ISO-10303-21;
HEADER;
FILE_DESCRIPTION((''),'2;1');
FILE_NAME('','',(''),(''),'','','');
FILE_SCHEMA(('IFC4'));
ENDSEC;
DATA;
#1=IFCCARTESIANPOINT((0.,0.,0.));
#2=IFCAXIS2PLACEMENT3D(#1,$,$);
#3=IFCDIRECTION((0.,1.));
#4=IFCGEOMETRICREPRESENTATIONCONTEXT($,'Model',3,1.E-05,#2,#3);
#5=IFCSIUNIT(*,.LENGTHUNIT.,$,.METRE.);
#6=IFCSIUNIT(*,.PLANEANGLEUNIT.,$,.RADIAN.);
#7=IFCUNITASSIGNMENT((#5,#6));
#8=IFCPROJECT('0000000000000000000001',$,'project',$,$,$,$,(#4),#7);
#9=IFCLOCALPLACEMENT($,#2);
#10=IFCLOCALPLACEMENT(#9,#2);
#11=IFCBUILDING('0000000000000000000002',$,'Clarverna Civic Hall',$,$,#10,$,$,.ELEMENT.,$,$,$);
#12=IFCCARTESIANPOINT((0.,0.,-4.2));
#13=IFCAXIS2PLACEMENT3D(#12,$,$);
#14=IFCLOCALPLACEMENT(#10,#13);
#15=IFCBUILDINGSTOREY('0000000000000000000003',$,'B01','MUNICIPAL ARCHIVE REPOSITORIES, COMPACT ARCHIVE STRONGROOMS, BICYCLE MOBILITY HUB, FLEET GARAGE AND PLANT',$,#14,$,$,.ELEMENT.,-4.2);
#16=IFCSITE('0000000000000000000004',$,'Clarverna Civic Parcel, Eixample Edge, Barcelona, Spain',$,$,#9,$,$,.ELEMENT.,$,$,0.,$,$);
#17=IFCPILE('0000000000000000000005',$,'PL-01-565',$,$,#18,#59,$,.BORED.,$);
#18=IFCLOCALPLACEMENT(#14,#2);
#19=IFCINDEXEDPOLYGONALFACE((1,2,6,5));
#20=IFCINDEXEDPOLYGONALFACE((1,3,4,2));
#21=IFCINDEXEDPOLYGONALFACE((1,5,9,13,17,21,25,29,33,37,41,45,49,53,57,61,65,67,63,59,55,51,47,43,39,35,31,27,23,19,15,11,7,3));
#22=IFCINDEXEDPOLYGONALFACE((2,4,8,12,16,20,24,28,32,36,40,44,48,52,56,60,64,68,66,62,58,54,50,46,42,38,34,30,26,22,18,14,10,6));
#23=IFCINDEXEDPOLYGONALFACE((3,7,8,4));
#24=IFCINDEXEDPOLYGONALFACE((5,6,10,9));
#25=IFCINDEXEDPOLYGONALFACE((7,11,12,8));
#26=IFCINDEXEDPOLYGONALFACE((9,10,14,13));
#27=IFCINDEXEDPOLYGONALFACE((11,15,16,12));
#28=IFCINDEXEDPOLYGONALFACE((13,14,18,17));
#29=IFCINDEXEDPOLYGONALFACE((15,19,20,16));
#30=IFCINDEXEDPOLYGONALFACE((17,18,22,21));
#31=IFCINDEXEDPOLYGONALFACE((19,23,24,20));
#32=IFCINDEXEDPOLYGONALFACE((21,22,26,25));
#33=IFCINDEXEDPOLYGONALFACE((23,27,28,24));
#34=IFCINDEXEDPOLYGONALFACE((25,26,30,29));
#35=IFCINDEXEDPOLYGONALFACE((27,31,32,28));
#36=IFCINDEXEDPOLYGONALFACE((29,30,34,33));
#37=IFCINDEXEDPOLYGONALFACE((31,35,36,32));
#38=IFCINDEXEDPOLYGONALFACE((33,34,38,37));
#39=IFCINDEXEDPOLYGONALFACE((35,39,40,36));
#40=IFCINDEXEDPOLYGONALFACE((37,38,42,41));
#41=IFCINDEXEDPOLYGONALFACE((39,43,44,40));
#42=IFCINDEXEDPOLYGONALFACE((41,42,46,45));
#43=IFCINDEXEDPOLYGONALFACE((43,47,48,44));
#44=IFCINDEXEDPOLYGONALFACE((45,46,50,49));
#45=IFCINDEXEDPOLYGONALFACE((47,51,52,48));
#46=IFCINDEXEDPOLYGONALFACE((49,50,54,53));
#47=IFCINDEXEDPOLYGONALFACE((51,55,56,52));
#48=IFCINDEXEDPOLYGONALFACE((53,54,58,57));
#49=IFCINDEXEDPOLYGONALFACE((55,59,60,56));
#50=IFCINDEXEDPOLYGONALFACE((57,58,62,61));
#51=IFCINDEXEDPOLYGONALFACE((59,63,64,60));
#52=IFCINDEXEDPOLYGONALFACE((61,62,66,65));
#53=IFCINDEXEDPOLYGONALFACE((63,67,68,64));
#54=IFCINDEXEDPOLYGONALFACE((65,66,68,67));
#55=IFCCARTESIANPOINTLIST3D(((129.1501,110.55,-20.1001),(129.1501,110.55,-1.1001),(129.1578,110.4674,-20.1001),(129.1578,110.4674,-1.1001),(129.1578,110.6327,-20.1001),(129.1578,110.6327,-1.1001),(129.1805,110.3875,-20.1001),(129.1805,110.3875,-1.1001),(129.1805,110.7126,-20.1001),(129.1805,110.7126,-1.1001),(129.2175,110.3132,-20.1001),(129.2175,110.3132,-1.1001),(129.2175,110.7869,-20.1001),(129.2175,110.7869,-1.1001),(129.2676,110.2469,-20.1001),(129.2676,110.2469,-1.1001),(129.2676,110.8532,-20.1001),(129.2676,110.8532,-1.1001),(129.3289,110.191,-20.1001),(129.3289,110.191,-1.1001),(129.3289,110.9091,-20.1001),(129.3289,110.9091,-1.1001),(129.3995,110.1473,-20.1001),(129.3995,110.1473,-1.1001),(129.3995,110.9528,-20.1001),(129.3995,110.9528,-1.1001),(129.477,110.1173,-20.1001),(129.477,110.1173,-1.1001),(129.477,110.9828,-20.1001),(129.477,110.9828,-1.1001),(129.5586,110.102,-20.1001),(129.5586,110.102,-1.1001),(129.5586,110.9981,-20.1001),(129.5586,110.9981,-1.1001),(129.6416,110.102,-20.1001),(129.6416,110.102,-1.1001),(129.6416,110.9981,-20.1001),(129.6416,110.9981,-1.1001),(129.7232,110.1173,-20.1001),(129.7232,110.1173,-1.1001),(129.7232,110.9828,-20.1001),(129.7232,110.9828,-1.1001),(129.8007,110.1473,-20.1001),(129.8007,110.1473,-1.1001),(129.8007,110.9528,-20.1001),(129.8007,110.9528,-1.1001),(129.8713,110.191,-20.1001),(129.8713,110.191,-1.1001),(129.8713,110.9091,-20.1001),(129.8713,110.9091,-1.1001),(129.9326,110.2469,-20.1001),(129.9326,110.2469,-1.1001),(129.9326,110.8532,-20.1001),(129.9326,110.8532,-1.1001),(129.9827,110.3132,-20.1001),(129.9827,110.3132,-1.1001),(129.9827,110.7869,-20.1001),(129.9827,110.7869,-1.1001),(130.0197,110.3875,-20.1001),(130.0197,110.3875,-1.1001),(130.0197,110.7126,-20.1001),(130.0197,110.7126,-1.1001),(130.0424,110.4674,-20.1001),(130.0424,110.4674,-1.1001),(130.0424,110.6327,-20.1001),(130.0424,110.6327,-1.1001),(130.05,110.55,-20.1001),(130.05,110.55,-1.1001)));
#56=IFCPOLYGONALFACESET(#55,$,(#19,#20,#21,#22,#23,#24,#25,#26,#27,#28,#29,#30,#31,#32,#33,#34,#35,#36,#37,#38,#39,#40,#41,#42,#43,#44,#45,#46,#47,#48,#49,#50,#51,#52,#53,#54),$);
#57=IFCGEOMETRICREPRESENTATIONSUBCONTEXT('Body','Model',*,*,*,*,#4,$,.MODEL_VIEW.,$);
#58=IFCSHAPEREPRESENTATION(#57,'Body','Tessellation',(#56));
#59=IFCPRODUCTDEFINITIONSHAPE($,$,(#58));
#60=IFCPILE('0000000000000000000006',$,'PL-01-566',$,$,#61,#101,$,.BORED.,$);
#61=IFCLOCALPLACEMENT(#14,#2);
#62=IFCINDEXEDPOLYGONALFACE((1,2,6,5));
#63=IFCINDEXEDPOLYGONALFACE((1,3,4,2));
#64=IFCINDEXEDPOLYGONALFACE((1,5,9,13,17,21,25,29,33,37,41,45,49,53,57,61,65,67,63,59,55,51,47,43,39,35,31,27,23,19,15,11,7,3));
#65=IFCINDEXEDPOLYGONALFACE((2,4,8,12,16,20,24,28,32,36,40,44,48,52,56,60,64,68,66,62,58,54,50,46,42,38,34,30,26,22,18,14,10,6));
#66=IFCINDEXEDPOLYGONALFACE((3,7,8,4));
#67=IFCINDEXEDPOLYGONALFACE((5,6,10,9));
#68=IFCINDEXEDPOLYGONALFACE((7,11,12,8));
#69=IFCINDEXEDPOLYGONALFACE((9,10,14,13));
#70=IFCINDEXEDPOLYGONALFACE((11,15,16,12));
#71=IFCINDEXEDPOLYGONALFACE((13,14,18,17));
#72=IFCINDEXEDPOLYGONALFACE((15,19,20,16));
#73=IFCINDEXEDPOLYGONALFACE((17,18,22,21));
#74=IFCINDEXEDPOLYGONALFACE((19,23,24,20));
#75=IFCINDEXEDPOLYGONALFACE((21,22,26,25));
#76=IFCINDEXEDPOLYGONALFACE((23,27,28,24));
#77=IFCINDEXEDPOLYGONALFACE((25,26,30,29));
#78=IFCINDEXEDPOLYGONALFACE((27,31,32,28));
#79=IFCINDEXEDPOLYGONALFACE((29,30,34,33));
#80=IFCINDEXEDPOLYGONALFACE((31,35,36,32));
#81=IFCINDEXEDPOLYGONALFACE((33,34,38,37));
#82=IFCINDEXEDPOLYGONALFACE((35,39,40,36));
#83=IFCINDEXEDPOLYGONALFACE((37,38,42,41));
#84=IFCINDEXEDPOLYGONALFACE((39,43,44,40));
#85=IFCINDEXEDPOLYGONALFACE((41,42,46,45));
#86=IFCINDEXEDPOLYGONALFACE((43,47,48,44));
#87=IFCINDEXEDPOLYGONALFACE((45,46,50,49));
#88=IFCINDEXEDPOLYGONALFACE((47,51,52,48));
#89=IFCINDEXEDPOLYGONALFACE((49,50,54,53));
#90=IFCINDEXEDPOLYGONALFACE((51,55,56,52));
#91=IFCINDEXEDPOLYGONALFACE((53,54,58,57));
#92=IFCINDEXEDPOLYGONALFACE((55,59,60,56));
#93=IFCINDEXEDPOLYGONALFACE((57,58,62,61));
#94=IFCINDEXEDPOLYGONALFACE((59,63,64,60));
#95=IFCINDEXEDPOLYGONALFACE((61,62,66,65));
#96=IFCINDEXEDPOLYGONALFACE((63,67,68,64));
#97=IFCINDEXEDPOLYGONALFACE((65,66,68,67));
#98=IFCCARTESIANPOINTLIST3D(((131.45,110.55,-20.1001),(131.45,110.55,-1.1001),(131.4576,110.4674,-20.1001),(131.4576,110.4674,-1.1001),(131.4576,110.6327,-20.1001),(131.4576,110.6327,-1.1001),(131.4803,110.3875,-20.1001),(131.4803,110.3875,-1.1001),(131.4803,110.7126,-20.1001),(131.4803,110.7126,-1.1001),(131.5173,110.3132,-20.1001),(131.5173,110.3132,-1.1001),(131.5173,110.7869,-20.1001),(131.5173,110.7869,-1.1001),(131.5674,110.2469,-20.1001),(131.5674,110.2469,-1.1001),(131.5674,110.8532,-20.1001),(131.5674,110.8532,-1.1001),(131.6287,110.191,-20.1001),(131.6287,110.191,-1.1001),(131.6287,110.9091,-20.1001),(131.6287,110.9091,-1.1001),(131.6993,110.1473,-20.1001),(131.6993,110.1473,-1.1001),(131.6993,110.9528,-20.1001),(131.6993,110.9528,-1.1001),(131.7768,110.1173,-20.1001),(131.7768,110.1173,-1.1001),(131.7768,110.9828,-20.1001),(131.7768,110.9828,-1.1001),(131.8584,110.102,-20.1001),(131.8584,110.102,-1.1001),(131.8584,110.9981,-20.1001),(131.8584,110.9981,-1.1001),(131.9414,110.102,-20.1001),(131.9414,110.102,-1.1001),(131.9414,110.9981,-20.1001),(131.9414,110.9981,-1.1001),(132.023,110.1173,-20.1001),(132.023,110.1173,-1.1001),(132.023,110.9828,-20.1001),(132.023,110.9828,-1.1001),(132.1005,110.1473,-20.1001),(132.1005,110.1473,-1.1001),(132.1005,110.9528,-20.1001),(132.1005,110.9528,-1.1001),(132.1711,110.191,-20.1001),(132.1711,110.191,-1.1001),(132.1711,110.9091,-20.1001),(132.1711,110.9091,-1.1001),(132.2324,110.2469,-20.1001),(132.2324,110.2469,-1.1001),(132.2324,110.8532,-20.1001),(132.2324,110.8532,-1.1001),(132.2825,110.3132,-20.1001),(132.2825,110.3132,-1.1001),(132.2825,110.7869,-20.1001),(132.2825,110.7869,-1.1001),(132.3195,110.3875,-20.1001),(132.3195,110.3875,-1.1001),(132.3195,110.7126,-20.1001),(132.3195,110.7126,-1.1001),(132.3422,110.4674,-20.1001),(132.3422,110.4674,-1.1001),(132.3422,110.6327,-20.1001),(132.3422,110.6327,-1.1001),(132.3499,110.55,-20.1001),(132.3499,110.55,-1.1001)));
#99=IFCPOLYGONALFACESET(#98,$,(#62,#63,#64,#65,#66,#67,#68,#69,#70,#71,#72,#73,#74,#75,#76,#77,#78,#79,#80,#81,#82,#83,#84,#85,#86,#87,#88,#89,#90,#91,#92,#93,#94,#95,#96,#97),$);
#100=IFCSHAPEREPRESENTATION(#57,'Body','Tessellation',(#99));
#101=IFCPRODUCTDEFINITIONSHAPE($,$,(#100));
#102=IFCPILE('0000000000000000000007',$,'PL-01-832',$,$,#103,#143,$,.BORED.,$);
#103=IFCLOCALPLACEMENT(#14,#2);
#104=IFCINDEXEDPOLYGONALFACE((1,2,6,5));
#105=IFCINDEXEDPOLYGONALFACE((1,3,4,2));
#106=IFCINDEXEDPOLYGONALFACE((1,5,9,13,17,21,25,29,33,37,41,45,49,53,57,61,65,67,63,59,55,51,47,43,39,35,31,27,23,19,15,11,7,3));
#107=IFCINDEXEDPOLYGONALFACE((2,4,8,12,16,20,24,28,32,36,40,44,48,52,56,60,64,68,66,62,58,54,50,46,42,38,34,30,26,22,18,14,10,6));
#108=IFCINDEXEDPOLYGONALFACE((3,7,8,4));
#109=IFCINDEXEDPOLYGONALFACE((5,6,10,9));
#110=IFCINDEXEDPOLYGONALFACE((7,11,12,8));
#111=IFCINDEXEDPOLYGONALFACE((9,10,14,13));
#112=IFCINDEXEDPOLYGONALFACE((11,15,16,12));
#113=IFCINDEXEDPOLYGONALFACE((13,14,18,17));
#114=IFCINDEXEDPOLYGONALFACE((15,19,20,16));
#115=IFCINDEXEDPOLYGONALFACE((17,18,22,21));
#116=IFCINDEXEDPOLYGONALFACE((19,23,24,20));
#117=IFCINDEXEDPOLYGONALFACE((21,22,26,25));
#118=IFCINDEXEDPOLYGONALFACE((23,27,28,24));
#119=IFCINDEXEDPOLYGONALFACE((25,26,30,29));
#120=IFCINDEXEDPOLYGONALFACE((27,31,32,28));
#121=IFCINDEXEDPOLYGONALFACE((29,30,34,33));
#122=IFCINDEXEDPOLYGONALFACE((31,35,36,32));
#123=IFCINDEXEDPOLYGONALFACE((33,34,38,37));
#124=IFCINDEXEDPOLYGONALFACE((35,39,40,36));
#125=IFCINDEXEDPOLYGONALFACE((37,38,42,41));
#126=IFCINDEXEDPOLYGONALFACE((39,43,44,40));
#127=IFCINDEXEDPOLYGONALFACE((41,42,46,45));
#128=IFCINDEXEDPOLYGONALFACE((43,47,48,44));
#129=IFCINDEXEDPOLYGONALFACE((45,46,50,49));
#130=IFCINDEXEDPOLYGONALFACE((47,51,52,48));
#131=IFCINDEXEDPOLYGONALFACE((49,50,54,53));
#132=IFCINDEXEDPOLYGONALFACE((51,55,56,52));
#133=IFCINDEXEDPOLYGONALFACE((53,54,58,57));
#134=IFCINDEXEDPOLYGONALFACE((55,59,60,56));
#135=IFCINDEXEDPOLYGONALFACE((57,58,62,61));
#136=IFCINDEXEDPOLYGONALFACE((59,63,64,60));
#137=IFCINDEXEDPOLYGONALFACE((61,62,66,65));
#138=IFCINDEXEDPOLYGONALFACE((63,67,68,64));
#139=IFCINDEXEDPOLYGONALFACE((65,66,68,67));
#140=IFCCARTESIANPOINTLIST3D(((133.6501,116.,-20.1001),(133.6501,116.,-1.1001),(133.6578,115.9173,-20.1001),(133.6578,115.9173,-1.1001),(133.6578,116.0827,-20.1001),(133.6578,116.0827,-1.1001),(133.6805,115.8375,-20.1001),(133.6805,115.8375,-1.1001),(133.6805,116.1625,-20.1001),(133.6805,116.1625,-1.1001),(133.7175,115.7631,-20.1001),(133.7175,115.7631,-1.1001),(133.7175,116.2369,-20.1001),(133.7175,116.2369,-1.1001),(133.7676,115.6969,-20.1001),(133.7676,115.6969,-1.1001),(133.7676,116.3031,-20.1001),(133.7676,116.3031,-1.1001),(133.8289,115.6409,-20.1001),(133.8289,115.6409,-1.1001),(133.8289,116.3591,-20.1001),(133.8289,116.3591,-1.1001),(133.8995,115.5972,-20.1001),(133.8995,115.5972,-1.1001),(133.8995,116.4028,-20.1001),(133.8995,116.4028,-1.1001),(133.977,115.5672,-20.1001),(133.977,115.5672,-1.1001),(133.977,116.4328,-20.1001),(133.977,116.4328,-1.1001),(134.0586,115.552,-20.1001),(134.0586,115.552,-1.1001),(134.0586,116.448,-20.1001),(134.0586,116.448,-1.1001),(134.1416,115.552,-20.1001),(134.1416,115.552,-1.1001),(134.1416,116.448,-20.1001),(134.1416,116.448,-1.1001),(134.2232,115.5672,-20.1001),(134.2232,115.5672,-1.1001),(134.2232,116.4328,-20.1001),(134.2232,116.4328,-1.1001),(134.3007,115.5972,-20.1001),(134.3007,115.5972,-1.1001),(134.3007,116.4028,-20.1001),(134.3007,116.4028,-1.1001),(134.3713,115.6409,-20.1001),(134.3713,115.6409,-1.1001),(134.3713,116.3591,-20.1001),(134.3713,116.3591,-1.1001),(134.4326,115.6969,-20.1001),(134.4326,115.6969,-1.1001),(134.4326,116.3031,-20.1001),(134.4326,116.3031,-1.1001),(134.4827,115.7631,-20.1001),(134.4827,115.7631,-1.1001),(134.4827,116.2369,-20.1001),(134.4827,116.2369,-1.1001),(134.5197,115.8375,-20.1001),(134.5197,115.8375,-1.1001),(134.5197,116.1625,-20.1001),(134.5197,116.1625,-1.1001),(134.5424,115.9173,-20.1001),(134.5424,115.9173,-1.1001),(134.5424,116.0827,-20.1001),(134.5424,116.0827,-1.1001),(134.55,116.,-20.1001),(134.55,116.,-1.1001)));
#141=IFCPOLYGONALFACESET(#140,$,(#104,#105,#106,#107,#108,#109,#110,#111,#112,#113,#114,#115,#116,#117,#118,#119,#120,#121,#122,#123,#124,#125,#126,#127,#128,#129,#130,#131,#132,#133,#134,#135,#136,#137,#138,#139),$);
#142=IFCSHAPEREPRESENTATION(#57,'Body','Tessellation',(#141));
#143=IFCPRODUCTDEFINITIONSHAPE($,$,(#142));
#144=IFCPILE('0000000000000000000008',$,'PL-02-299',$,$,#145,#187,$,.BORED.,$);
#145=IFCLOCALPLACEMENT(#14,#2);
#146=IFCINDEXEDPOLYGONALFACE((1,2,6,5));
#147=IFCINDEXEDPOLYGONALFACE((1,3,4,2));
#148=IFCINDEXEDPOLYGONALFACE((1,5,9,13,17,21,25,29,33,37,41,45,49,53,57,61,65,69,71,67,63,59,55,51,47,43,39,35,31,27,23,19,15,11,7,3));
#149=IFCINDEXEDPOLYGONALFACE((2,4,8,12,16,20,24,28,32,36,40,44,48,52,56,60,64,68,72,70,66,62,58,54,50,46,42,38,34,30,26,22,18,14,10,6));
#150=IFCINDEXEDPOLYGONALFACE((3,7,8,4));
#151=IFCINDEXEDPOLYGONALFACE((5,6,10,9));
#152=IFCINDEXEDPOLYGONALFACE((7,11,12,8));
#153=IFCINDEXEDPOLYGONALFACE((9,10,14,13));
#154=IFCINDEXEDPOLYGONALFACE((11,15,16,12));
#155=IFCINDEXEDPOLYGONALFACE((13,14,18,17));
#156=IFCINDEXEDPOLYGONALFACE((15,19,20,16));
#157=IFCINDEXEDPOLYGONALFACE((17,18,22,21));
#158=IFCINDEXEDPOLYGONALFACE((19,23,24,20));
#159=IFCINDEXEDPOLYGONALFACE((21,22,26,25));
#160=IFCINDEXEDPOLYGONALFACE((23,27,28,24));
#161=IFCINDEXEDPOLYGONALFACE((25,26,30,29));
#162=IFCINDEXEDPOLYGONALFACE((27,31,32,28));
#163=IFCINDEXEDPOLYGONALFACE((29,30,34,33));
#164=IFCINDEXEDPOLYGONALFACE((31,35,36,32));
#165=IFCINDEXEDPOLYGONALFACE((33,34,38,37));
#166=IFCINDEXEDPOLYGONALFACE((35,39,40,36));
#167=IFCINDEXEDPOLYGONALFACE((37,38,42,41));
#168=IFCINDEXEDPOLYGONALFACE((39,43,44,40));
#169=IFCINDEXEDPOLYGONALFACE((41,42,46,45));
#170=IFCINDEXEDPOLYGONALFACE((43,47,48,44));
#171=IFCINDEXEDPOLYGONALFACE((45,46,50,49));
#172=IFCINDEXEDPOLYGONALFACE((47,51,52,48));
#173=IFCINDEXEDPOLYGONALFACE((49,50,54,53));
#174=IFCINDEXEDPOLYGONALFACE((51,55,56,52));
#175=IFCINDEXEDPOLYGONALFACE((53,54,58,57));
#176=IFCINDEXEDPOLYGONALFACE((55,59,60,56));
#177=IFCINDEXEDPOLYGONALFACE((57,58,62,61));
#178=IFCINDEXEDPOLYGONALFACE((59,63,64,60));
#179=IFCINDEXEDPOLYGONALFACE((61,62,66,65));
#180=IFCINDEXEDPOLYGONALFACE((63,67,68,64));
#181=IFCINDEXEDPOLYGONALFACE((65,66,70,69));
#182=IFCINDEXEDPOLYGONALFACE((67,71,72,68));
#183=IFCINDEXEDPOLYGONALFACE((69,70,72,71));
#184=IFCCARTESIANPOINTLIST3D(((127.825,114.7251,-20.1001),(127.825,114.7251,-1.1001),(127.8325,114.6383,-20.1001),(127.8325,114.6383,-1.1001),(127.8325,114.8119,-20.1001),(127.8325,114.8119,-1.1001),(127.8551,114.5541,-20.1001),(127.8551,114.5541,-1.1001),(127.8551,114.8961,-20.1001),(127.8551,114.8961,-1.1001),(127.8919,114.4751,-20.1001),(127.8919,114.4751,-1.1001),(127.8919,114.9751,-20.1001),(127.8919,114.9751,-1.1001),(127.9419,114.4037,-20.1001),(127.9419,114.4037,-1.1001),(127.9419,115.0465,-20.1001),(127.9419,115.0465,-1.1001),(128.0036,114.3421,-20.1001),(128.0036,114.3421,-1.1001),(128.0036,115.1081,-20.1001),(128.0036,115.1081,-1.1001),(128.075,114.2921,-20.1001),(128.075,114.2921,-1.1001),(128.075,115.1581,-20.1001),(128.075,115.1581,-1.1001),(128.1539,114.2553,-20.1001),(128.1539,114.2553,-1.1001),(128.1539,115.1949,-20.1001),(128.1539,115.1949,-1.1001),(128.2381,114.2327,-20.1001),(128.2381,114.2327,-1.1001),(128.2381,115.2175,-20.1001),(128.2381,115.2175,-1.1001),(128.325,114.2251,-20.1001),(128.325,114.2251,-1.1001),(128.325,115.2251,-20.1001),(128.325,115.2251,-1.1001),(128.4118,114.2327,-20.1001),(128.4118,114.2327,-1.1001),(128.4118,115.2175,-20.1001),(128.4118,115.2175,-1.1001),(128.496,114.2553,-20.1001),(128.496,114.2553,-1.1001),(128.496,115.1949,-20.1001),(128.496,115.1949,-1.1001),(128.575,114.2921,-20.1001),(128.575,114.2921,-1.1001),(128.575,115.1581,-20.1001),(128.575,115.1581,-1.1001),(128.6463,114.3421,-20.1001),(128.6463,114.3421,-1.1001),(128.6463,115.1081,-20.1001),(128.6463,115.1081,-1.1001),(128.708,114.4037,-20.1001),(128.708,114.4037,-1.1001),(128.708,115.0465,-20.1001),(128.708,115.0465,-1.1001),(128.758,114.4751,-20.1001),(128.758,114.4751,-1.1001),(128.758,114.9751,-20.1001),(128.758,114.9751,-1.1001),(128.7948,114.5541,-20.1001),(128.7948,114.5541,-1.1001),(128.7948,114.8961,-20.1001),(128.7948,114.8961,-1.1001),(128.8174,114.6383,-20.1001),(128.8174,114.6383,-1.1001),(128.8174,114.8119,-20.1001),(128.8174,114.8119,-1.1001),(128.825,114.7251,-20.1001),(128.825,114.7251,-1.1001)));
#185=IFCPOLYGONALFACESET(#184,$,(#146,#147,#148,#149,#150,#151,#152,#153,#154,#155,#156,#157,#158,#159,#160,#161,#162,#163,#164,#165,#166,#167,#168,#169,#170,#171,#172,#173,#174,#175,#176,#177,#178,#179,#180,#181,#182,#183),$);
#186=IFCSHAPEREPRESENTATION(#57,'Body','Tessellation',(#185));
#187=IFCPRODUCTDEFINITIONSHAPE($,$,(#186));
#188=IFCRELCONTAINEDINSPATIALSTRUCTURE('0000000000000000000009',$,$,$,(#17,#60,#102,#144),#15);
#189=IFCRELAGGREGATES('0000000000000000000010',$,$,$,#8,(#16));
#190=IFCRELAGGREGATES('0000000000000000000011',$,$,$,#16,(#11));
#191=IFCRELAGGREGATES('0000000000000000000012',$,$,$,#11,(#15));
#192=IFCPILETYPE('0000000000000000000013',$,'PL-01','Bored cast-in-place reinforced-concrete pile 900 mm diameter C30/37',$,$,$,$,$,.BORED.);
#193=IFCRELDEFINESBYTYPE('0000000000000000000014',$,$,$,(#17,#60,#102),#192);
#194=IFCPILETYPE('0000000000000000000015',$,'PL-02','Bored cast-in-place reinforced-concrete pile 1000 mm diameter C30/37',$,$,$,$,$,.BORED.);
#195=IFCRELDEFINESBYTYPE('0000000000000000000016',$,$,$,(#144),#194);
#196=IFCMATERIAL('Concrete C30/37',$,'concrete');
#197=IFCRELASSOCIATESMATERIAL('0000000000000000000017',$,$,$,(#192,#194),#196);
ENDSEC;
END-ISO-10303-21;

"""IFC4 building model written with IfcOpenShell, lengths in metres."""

from ifc_helpers import new_model, si_unit, direction, frame, origin, origin_2d, place, context, subcontext, project, spatial, circle, extrude, material, material_profile, profile_set, type_object, element, save


model = new_model("IFC4")

# Units and contexts
model_context = context("Model", 3, precision=1e-05, world=origin(), true_north=direction((0.0, 1.0)))
body_context = subcontext(model_context, "Body", "Model", "MODEL_VIEW")
ifc_project = project(units=[si_unit("LENGTHUNIT", "METRE"), si_unit("PLANEANGLEUNIT", "RADIAN")], contexts=[model_context])

# Site, building, storey
site_placement = place(None, origin())
site = spatial("IfcSite", under=ifc_project, at=site_placement, Name="Clarverna Civic Parcel, Eixample Edge, Barcelona, Spain", CompositionType="ELEMENT", RefElevation=0.0)
building_placement = place(site_placement, origin())
building = spatial("IfcBuilding", under=site, at=building_placement, Name="Clarverna Civic Hall", CompositionType="ELEMENT")
storey_placement = place(building_placement, frame((0.0, 0.0, -4.2)))
storey = spatial("IfcBuildingStorey", under=building, at=storey_placement, Name="B01", Description="MUNICIPAL ARCHIVE REPOSITORIES, COMPACT ARCHIVE STRONGROOMS, BICYCLE MOBILITY HUB, FLEET GARAGE AND PLANT", CompositionType="ELEMENT", Elevation=-4.2)

# Shared definitions
ifc_material_1 = material(Name="Concrete C30/37", Category="concrete")

# Piles
ifc_material_profile_1 = material_profile(ifc_material_1, circle(Radius=0.45, at=origin_2d()), Name="BORED PILE D900")
ifc_profile_set_1 = profile_set([ifc_material_profile_1], Name="Concrete C30/37")
pile_type_1 = type_object("IfcPileType", Name="PL-01", Description="Bored cast-in-place reinforced-concrete pile 900 mm diameter C30/37", PredefinedType="BORED", material=ifc_profile_set_1)
for number, where, z_axis, x_axis, name in (
    (1, (129.6001, 110.55, -1.1001), (0.0, 0.0, -1.0), (1.0, 0.0, 0.0), "PL-01-565"),
    (2, (131.8999, 110.55, -1.1001), (0.0, 0.0, -1.0), (1.0, 0.0, 0.0), "PL-01-566"),
    (3, (134.1001, 116.0, -1.1001), (0.0, 0.0, -1.0), (1.0, 0.0, 0.0), "PL-01-832"),
):
    element("IfcPile", number, at=place(storey_placement, frame(where, z_axis=z_axis, x_axis=x_axis)), inside=storey, type_object=pile_type_1, Name=name, PredefinedType="BORED", context=body_context, shape_type="SweptSolid", body=[
        extrude(circle(Radius=0.45, at=origin_2d()), origin(), (0.0, 0.0, 1.0), 19.0),
    ])
ifc_material_profile_2 = material_profile(ifc_material_1, circle(Radius=0.5, at=origin_2d()), Name="BORED PILE D1000")
ifc_profile_set_2 = profile_set([ifc_material_profile_2], Name="Concrete C30/37")
pile_type_2 = type_object("IfcPileType", Name="PL-02", Description="Bored cast-in-place reinforced-concrete pile 1000 mm diameter C30/37", PredefinedType="BORED", material=ifc_profile_set_2)
for number, where, z_axis, x_axis, name in (
    (4, (128.325, 114.7251, -1.1001), (0.0, 0.0, -1.0), (1.0, 0.0, 0.0), "PL-02-299"),
):
    element("IfcPile", number, at=place(storey_placement, frame(where, z_axis=z_axis, x_axis=x_axis)), inside=storey, type_object=pile_type_2, Name=name, PredefinedType="BORED", context=body_context, shape_type="SweptSolid", body=[
        extrude(circle(Radius=0.5, at=origin_2d()), origin(), (0.0, 0.0, 1.0), 19.0),
    ])

save(model, "model.ifc")
